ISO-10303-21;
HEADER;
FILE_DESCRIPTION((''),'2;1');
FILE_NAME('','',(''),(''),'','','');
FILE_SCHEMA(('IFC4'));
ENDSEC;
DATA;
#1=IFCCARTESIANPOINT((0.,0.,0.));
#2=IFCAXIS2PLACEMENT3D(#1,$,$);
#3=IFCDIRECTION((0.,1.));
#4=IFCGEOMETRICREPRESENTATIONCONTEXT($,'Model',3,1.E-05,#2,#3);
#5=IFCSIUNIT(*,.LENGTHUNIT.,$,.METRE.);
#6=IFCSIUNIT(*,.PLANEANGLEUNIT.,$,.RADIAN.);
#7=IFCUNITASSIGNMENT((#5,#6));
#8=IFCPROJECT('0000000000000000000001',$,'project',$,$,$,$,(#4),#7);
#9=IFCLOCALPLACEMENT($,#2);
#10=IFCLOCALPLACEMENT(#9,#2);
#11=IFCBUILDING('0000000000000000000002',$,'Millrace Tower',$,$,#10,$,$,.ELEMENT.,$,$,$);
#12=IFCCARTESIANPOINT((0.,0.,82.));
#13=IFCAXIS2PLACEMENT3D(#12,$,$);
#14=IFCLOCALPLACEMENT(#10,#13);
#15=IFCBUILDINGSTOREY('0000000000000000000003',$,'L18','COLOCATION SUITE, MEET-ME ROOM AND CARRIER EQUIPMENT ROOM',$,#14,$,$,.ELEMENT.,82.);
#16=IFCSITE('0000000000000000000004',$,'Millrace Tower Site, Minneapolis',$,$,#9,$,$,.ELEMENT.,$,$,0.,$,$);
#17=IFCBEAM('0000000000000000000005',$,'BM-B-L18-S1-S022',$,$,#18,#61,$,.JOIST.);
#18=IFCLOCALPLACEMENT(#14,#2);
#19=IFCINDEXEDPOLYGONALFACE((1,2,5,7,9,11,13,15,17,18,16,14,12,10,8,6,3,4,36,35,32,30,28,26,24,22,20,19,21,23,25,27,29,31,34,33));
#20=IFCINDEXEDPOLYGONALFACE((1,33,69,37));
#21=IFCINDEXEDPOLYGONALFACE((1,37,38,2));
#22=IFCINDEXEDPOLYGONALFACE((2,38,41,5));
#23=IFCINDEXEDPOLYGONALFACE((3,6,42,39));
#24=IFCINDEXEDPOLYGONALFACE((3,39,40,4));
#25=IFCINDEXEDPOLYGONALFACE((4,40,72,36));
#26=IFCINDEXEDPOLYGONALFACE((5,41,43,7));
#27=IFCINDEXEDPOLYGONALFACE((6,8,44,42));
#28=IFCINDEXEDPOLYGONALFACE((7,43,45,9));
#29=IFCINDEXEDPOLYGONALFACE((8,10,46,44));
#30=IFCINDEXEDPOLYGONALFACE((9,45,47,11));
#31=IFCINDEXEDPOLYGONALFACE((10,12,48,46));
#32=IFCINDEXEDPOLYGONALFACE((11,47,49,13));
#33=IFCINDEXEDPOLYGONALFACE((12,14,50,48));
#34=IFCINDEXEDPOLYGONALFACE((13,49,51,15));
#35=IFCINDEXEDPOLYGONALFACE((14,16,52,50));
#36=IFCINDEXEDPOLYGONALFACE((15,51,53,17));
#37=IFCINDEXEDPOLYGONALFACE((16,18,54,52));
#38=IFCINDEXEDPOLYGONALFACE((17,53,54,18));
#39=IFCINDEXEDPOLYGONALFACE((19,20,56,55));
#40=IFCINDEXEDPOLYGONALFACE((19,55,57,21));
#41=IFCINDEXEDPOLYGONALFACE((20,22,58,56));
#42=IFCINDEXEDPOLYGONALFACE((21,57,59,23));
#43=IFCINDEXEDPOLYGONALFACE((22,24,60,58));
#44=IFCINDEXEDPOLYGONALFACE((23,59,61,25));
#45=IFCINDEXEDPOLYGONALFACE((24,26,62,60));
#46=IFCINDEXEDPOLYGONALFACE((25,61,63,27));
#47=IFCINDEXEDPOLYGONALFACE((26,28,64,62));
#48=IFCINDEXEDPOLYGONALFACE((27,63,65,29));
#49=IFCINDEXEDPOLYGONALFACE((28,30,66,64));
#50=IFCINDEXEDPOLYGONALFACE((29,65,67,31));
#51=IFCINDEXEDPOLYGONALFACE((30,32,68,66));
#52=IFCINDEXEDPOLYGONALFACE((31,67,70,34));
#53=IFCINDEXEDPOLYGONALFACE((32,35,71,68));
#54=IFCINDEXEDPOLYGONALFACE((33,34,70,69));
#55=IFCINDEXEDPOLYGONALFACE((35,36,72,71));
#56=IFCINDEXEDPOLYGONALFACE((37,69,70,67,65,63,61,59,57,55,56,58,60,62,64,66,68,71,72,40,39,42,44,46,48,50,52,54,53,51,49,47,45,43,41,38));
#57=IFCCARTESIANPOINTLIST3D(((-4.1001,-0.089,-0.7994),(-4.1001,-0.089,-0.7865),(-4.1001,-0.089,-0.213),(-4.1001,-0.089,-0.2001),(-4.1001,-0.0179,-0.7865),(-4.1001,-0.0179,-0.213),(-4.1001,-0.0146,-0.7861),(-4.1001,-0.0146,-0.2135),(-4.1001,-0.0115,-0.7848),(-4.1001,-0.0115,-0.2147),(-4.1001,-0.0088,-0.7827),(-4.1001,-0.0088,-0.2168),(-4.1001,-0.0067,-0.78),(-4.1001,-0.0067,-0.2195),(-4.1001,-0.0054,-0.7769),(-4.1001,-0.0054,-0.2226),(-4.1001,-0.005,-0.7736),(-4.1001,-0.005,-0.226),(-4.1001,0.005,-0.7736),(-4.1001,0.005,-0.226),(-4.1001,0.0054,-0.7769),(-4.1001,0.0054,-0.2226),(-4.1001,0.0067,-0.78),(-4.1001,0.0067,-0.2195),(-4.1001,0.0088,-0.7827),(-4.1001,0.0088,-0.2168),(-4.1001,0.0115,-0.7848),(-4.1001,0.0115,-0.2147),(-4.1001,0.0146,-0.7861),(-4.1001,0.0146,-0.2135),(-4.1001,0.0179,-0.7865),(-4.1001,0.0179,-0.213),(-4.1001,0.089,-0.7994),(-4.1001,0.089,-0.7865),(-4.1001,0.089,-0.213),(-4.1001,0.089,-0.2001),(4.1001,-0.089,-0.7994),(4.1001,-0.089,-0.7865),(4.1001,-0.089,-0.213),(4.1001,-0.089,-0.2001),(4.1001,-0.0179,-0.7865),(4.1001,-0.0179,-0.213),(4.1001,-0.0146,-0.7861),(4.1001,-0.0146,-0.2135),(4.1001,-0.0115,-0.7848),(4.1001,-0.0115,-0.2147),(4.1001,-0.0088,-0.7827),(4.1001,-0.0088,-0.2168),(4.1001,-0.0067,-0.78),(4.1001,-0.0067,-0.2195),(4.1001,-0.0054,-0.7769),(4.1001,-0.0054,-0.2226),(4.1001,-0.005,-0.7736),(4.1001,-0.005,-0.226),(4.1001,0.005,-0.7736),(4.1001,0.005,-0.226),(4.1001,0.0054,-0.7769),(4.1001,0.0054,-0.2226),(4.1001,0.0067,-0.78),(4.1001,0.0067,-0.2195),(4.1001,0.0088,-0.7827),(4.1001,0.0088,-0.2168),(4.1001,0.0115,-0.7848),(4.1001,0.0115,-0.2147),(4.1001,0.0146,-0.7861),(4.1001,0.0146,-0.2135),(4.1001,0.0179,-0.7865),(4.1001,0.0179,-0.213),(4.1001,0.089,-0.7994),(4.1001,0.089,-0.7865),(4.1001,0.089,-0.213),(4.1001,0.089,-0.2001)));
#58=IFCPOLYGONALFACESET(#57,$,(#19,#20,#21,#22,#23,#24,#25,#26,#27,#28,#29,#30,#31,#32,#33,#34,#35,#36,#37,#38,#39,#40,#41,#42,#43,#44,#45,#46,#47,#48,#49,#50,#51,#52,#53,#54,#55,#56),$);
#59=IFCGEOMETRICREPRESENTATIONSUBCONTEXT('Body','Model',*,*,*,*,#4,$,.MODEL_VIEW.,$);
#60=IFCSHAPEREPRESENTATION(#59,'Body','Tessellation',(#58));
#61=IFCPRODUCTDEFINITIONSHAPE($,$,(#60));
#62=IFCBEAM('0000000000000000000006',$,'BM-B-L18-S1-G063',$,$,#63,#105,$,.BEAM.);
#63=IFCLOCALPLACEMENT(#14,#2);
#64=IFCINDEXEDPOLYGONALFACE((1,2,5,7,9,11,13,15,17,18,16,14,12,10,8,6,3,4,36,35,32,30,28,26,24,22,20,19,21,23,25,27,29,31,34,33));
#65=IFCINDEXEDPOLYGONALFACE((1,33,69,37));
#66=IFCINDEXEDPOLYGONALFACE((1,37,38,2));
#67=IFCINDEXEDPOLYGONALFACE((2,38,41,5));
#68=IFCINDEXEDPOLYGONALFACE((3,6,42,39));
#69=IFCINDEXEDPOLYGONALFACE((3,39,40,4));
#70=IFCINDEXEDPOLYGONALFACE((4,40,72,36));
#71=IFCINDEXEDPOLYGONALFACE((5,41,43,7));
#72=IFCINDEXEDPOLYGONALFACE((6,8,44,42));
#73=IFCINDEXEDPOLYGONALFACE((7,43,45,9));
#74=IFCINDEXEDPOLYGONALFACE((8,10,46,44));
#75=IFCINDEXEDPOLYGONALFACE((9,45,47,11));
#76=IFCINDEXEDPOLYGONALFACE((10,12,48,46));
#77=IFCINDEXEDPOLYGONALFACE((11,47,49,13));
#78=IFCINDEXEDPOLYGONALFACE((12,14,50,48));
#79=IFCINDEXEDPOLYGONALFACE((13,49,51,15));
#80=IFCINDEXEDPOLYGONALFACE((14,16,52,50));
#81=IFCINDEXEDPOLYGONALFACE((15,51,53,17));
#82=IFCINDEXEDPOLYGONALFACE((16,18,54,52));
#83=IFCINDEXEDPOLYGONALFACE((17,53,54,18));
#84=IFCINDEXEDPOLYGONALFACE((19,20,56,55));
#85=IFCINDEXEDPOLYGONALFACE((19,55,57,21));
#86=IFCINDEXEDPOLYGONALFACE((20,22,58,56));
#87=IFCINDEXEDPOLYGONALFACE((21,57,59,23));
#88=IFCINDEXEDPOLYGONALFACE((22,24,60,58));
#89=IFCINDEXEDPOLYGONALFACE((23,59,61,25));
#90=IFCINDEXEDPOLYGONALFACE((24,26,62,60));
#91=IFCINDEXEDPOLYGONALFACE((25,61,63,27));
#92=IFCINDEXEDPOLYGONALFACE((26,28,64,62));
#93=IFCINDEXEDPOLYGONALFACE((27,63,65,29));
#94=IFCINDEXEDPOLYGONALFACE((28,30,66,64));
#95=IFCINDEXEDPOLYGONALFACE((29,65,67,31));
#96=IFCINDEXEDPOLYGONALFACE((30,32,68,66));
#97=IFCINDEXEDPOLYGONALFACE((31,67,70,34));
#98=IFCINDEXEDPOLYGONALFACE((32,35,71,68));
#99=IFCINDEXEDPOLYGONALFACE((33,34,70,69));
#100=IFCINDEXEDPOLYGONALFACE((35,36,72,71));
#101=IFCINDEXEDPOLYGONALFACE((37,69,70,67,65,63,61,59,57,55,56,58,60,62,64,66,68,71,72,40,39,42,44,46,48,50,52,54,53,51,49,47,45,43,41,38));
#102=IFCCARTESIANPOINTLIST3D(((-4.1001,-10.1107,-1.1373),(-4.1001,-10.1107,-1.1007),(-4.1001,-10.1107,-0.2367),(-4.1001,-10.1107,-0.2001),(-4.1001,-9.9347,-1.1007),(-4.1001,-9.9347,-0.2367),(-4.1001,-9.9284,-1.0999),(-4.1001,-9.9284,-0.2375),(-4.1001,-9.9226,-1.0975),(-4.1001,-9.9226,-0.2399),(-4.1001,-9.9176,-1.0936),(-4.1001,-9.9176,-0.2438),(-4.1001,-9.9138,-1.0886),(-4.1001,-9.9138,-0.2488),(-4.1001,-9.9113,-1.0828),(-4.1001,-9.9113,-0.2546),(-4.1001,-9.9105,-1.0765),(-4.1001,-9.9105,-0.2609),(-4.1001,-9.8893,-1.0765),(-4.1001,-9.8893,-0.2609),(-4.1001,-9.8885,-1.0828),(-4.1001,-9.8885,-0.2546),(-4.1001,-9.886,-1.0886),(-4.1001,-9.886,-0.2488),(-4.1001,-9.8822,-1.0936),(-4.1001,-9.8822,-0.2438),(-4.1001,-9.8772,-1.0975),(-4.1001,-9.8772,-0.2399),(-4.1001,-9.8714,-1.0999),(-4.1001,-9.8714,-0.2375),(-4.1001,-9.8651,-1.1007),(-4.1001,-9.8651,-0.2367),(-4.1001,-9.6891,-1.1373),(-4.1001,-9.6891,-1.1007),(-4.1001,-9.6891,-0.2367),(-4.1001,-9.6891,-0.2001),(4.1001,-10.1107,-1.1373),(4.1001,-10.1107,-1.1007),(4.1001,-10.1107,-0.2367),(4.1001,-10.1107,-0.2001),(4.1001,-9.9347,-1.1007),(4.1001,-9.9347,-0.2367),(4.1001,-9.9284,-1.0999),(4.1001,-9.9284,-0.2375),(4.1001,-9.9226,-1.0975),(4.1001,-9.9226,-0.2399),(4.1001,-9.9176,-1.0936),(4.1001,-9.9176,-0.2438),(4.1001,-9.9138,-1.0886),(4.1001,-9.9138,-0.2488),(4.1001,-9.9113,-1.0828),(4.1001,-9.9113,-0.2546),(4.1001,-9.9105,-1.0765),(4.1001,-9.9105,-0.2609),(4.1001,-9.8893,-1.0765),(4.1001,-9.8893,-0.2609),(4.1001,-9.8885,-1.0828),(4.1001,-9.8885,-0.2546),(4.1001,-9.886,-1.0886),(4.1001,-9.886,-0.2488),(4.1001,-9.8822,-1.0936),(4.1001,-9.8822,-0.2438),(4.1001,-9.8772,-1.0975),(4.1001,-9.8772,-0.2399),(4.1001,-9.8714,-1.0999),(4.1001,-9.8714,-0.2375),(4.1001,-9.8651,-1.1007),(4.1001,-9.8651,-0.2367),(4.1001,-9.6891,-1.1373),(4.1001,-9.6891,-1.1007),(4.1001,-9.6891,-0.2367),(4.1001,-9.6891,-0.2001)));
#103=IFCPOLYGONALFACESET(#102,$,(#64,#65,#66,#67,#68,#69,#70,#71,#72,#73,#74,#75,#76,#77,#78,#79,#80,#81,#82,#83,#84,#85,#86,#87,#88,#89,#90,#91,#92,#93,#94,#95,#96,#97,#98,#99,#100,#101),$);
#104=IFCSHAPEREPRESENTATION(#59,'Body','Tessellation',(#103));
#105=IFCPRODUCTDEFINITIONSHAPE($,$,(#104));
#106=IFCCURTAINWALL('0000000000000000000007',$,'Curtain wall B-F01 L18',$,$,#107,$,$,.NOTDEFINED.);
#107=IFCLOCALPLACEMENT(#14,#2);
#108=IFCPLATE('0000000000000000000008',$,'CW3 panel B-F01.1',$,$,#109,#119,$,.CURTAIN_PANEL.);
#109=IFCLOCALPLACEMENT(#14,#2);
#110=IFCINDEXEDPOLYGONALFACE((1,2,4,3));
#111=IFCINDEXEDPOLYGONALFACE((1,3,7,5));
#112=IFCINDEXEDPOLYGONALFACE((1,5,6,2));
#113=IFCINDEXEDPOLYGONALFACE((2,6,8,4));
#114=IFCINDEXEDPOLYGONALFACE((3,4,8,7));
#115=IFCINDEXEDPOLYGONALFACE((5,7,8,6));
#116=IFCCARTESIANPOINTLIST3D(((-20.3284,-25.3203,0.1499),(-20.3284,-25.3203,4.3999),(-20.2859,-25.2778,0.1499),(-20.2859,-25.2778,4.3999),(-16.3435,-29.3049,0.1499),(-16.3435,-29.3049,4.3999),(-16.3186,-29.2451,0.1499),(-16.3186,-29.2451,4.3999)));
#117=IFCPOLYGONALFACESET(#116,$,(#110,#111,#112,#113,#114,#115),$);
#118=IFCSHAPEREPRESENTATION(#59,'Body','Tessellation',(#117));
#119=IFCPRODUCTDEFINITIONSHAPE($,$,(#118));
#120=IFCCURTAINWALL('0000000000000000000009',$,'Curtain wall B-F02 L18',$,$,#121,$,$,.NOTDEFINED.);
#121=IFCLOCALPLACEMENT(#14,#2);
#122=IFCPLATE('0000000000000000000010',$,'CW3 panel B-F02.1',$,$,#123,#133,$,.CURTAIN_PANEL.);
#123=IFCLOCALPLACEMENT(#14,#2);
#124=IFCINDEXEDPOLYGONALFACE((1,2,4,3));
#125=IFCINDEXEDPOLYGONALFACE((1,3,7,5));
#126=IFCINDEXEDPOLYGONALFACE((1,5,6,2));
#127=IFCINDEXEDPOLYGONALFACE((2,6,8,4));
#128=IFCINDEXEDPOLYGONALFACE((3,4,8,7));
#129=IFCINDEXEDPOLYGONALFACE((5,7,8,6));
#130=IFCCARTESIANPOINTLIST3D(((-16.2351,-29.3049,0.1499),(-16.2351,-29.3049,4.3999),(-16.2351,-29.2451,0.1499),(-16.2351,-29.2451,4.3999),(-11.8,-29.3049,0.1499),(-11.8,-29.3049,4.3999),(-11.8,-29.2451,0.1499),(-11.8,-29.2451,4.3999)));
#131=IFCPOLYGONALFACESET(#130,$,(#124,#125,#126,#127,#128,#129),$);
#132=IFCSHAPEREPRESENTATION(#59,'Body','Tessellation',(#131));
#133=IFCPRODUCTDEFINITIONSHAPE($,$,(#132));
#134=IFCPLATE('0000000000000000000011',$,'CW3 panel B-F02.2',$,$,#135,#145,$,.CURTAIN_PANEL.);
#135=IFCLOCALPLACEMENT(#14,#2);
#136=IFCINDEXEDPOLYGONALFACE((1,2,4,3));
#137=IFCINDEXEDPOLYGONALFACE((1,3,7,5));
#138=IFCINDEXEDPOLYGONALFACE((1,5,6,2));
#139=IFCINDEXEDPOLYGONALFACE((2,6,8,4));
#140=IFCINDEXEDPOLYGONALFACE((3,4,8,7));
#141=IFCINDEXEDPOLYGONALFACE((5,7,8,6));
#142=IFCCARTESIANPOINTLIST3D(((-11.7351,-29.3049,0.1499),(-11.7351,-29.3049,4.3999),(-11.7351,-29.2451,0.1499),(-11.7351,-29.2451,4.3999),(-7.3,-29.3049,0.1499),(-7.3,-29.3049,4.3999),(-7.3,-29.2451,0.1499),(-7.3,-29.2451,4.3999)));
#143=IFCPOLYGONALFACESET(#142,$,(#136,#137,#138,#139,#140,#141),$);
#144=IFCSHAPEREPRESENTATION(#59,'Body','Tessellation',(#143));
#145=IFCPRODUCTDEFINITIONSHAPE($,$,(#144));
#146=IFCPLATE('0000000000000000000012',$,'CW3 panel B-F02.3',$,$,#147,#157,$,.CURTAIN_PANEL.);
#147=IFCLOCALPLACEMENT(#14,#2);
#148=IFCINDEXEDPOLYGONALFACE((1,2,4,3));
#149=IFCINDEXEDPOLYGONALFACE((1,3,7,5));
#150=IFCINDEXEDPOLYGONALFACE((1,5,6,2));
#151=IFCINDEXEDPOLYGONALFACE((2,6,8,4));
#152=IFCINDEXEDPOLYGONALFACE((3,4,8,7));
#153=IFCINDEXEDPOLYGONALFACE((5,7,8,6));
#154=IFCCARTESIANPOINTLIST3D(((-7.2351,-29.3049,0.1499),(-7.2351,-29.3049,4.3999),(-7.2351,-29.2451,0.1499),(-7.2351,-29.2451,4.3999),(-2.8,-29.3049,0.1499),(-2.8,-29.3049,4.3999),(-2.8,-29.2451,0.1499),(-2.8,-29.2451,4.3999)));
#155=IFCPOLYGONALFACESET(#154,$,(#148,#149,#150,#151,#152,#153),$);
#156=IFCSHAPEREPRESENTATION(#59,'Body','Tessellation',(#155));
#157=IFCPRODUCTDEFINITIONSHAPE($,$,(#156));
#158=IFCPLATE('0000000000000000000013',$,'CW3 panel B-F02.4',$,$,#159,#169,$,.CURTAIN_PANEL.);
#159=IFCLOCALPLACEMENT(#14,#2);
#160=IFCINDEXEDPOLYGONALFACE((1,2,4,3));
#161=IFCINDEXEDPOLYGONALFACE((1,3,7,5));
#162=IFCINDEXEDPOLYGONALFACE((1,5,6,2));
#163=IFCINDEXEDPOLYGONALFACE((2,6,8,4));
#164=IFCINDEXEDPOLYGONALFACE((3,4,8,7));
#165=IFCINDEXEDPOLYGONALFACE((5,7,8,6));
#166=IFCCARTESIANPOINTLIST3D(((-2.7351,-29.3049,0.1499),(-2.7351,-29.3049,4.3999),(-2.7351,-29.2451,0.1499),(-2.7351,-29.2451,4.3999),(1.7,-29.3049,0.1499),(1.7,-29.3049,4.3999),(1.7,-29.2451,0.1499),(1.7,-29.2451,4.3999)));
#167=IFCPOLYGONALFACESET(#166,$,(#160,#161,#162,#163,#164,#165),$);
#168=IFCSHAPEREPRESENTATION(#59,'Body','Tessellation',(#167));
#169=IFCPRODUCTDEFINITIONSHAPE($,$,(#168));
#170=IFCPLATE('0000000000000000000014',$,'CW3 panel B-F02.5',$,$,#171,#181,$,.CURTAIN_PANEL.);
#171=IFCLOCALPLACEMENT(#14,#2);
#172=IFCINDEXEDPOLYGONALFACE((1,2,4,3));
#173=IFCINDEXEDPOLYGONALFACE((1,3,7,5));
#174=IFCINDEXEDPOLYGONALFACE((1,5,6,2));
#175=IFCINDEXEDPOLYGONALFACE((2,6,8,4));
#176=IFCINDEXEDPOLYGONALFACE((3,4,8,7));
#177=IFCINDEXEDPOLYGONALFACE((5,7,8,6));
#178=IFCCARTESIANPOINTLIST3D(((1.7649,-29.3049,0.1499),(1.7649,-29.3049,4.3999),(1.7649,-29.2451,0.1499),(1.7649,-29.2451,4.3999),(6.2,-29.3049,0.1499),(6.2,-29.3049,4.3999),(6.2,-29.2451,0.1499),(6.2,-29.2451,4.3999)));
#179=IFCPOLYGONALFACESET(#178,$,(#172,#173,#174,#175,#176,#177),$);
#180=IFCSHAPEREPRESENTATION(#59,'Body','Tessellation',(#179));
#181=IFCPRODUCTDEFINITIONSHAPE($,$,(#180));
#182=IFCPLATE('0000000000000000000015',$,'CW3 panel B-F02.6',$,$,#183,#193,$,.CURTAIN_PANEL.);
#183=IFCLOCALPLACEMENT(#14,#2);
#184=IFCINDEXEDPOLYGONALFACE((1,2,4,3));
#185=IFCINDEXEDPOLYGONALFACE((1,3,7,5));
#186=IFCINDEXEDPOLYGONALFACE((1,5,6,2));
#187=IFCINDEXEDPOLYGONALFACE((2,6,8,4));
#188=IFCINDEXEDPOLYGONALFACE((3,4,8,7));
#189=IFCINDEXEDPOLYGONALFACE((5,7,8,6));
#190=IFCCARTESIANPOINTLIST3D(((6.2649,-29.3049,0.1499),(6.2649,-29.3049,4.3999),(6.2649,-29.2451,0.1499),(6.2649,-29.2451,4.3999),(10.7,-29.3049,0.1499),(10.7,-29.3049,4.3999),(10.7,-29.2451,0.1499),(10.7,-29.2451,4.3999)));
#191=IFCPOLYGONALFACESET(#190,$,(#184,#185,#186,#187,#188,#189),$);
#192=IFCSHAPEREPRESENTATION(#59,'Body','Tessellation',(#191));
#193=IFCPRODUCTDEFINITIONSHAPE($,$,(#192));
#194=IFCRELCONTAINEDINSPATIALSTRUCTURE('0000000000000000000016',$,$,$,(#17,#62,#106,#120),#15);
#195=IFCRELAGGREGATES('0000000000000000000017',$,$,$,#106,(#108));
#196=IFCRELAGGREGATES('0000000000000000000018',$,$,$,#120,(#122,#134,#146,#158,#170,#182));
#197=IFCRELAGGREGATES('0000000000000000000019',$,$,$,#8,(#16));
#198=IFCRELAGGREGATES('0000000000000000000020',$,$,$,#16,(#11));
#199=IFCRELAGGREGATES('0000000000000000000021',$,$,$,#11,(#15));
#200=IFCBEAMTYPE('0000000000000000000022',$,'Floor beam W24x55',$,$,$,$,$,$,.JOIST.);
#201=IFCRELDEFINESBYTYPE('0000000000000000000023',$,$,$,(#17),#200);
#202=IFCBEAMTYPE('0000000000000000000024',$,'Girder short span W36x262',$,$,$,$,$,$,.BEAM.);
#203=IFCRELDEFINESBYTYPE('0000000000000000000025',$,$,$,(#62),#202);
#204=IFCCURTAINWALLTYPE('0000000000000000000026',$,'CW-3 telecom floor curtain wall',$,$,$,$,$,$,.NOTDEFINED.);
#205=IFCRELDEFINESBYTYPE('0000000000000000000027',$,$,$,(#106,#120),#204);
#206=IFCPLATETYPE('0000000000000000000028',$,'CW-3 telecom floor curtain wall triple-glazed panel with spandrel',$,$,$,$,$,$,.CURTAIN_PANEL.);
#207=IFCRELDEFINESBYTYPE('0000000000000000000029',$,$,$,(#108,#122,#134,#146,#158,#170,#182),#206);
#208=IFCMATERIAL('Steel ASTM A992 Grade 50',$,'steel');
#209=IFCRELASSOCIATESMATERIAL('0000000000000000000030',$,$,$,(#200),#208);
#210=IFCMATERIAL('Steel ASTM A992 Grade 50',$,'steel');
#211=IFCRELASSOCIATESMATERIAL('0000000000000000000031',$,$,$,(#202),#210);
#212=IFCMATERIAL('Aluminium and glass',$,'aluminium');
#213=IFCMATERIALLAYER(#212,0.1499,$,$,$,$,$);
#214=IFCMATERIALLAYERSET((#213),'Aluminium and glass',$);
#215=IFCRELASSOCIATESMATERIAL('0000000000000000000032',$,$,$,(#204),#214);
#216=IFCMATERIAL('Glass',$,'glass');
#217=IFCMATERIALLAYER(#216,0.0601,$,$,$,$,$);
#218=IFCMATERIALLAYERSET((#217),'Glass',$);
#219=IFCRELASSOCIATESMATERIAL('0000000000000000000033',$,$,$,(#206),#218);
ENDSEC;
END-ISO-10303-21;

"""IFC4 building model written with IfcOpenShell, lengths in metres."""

from ifc_helpers import new_model, si_unit, direction, frame, origin, origin_2d, place, context, subcontext, project, spatial, polyline, i_section, outline, extrude, material, layer, layer_set, material_profile, profile_set, type_object, element, aggregate, save


model = new_model("IFC4")

# Units and contexts
model_context = context("Model", 3, precision=1e-05, world=origin(), true_north=direction((0.0, 1.0)))
body_context = subcontext(model_context, "Body", "Model", "MODEL_VIEW")
ifc_project = project(units=[si_unit("LENGTHUNIT", "METRE"), si_unit("PLANEANGLEUNIT", "RADIAN")], contexts=[model_context])

# Site, building, storey
site_placement = place(None, origin())
site = spatial("IfcSite", under=ifc_project, at=site_placement, Name="Millrace Tower Site, Minneapolis", CompositionType="ELEMENT", RefElevation=0.0)
building_placement = place(site_placement, origin())
building = spatial("IfcBuilding", under=site, at=building_placement, Name="Millrace Tower", CompositionType="ELEMENT")
storey_placement = place(building_placement, frame((0.0, 0.0, 82.0)))
storey = spatial("IfcBuildingStorey", under=building, at=storey_placement, Name="L18", Description="COLOCATION SUITE, MEET-ME ROOM AND CARRIER EQUIPMENT ROOM", CompositionType="ELEMENT", Elevation=82.0)

# Beams
ifc_material_1 = material(Name="Steel ASTM A992 Grade 50", Category="steel")
ifc_material_profile_1 = material_profile(ifc_material_1, i_section(OverallWidth=0.178, OverallDepth=0.5994, WebThickness=0.01, FlangeThickness=0.0129, FilletRadius=0.0129, at=origin_2d()))
ifc_profile_set_1 = profile_set([ifc_material_profile_1], Name="Steel ASTM A992 Grade 50")
beam_type_1 = type_object("IfcBeamType", Name="Floor beam W24x55", PredefinedType="JOIST", material=ifc_profile_set_1)
for number, where, z_axis, x_axis, name in (
    (1, (-4.1001, 0.0, -0.4998), (1.0, 0.0, 0.0), (0.0, 1.0, 0.0), "BM-B-L18-S1-S022"),
):
    element("IfcBeam", number, at=place(storey_placement, frame(where, z_axis=z_axis, x_axis=x_axis)), inside=storey, type_object=beam_type_1, Name=name, PredefinedType="JOIST", context=body_context, shape_type="SweptSolid", body=[
        extrude(i_section(OverallWidth=0.178, OverallDepth=0.5994, WebThickness=0.01, FlangeThickness=0.0129, FilletRadius=0.0129, at=origin_2d()), origin(), (0.0, 0.0, 1.0), 8.2002),
    ])
ifc_material_2 = material(Name="Steel ASTM A992 Grade 50", Category="steel")
ifc_material_profile_2 = material_profile(ifc_material_2, i_section(OverallWidth=0.4216, OverallDepth=0.9373, WebThickness=0.0212, FlangeThickness=0.0366, FilletRadius=0.0242, at=origin_2d()))
ifc_profile_set_2 = profile_set([ifc_material_profile_2], Name="Steel ASTM A992 Grade 50")
beam_type_2 = type_object("IfcBeamType", Name="Girder short span W36x262", PredefinedType="BEAM", material=ifc_profile_set_2)
beam_1_placement = place(storey_placement, frame((-4.1001, -9.8999, -0.6687), z_axis=(1.0, 0.0, 0.0), x_axis=(0.0, 1.0, 0.0)))
element("IfcBeam", 2, at=beam_1_placement, inside=storey, type_object=beam_type_2, Name="BM-B-L18-S1-G063", PredefinedType="BEAM", context=body_context, shape_type="SweptSolid", body=[
    extrude(i_section(OverallWidth=0.4216, OverallDepth=0.9373, WebThickness=0.0212, FlangeThickness=0.0366, FilletRadius=0.0242, at=origin_2d()), origin(), (0.0, 0.0, 1.0), 8.2002),
])

# Curtain wall, plate
ifc_material_3 = material(Name="Aluminium and glass", Category="aluminium")
ifc_layer_1 = layer(ifc_material_3, 0.1499)
ifc_layer_set_1 = layer_set([ifc_layer_1], Name="Aluminium and glass")
curtain_wall_type = type_object("IfcCurtainWallType", Name="CW-3 telecom floor curtain wall", PredefinedType="NOTDEFINED", material=ifc_layer_set_1)
placement_1 = place(storey_placement, origin())
curtain_wall_1 = element("IfcCurtainWall", 3, at=placement_1, inside=storey, type_object=curtain_wall_type, Name="Curtain wall B-F01 L18", PredefinedType="NOTDEFINED")
ifc_material_4 = material(Name="Glass", Category="glass")
ifc_layer_2 = layer(ifc_material_4, 0.0601)
ifc_layer_set_2 = layer_set([ifc_layer_2], Name="Glass")
plate_type = type_object("IfcPlateType", Name="CW-3 telecom floor curtain wall triple-glazed panel with spandrel", PredefinedType="CURTAIN_PANEL", material=ifc_layer_set_2)
placement_2 = place(storey_placement, frame((0.0, 0.0, 0.1499)))
plate_1 = element("IfcPlate", 4, at=placement_2, type_object=plate_type, Name="CW3 panel B-F01.1", PredefinedType="CURTAIN_PANEL", context=body_context, shape_type="SweptSolid", body=[
    extrude(outline(polyline([(-20.3284, -25.3203), (-16.3435, -29.3049), (-16.3186, -29.2451), (-20.2859, -25.2778), (-20.3284, -25.3203)])), origin(), (0.0, 0.0, 1.0), 4.25),
])
aggregate(curtain_wall_1, [plate_1])

# Curtain wall, plates
curtain_wall_2 = element("IfcCurtainWall", 5, at=placement_1, inside=storey, type_object=curtain_wall_type, Name="Curtain wall B-F02 L18", PredefinedType="NOTDEFINED")
plate_2 = element("IfcPlate", 6, at=placement_2, type_object=plate_type, Name="CW3 panel B-F02.1", PredefinedType="CURTAIN_PANEL", context=body_context, shape_type="SweptSolid", body=[
    extrude(outline(polyline([(-16.2351, -29.3049), (-11.8, -29.3049), (-11.8, -29.2451), (-16.2351, -29.2451), (-16.2351, -29.3049)])), origin(), (0.0, 0.0, 1.0), 4.25),
])
plate_3 = element("IfcPlate", 7, at=placement_2, type_object=plate_type, Name="CW3 panel B-F02.2", PredefinedType="CURTAIN_PANEL", context=body_context, shape_type="SweptSolid", body=[
    extrude(outline(polyline([(-11.7351, -29.3049), (-7.3, -29.3049), (-7.3, -29.2451), (-11.7351, -29.2451), (-11.7351, -29.3049)])), origin(), (0.0, 0.0, 1.0), 4.25),
])
plate_4 = element("IfcPlate", 8, at=placement_2, type_object=plate_type, Name="CW3 panel B-F02.3", PredefinedType="CURTAIN_PANEL", context=body_context, shape_type="SweptSolid", body=[
    extrude(outline(polyline([(-7.2351, -29.3049), (-2.8, -29.3049), (-2.8, -29.2451), (-7.2351, -29.2451), (-7.2351, -29.3049)])), origin(), (0.0, 0.0, 1.0), 4.25),
])
plate_5 = element("IfcPlate", 9, at=placement_2, type_object=plate_type, Name="CW3 panel B-F02.4", PredefinedType="CURTAIN_PANEL", context=body_context, shape_type="SweptSolid", body=[
    extrude(outline(polyline([(-2.7351, -29.3049), (1.7, -29.3049), (1.7, -29.2451), (-2.7351, -29.2451), (-2.7351, -29.3049)])), origin(), (0.0, 0.0, 1.0), 4.25),
])
plate_6 = element("IfcPlate", 10, at=placement_2, type_object=plate_type, Name="CW3 panel B-F02.5", PredefinedType="CURTAIN_PANEL", context=body_context, shape_type="SweptSolid", body=[
    extrude(outline(polyline([(1.7649, -29.3049), (6.2, -29.3049), (6.2, -29.2451), (1.7649, -29.2451), (1.7649, -29.3049)])), origin(), (0.0, 0.0, 1.0), 4.25),
])
plate_7 = element("IfcPlate", 11, at=placement_2, type_object=plate_type, Name="CW3 panel B-F02.6", PredefinedType="CURTAIN_PANEL", context=body_context, shape_type="SweptSolid", body=[
    extrude(outline(polyline([(6.2649, -29.3049), (10.7, -29.3049), (10.7, -29.2451), (6.2649, -29.2451), (6.2649, -29.3049)])), origin(), (0.0, 0.0, 1.0), 4.25),
])
aggregate(curtain_wall_2, [plate_2, plate_3, plate_4, plate_5, plate_6, plate_7])

save(model, "model.ifc")
